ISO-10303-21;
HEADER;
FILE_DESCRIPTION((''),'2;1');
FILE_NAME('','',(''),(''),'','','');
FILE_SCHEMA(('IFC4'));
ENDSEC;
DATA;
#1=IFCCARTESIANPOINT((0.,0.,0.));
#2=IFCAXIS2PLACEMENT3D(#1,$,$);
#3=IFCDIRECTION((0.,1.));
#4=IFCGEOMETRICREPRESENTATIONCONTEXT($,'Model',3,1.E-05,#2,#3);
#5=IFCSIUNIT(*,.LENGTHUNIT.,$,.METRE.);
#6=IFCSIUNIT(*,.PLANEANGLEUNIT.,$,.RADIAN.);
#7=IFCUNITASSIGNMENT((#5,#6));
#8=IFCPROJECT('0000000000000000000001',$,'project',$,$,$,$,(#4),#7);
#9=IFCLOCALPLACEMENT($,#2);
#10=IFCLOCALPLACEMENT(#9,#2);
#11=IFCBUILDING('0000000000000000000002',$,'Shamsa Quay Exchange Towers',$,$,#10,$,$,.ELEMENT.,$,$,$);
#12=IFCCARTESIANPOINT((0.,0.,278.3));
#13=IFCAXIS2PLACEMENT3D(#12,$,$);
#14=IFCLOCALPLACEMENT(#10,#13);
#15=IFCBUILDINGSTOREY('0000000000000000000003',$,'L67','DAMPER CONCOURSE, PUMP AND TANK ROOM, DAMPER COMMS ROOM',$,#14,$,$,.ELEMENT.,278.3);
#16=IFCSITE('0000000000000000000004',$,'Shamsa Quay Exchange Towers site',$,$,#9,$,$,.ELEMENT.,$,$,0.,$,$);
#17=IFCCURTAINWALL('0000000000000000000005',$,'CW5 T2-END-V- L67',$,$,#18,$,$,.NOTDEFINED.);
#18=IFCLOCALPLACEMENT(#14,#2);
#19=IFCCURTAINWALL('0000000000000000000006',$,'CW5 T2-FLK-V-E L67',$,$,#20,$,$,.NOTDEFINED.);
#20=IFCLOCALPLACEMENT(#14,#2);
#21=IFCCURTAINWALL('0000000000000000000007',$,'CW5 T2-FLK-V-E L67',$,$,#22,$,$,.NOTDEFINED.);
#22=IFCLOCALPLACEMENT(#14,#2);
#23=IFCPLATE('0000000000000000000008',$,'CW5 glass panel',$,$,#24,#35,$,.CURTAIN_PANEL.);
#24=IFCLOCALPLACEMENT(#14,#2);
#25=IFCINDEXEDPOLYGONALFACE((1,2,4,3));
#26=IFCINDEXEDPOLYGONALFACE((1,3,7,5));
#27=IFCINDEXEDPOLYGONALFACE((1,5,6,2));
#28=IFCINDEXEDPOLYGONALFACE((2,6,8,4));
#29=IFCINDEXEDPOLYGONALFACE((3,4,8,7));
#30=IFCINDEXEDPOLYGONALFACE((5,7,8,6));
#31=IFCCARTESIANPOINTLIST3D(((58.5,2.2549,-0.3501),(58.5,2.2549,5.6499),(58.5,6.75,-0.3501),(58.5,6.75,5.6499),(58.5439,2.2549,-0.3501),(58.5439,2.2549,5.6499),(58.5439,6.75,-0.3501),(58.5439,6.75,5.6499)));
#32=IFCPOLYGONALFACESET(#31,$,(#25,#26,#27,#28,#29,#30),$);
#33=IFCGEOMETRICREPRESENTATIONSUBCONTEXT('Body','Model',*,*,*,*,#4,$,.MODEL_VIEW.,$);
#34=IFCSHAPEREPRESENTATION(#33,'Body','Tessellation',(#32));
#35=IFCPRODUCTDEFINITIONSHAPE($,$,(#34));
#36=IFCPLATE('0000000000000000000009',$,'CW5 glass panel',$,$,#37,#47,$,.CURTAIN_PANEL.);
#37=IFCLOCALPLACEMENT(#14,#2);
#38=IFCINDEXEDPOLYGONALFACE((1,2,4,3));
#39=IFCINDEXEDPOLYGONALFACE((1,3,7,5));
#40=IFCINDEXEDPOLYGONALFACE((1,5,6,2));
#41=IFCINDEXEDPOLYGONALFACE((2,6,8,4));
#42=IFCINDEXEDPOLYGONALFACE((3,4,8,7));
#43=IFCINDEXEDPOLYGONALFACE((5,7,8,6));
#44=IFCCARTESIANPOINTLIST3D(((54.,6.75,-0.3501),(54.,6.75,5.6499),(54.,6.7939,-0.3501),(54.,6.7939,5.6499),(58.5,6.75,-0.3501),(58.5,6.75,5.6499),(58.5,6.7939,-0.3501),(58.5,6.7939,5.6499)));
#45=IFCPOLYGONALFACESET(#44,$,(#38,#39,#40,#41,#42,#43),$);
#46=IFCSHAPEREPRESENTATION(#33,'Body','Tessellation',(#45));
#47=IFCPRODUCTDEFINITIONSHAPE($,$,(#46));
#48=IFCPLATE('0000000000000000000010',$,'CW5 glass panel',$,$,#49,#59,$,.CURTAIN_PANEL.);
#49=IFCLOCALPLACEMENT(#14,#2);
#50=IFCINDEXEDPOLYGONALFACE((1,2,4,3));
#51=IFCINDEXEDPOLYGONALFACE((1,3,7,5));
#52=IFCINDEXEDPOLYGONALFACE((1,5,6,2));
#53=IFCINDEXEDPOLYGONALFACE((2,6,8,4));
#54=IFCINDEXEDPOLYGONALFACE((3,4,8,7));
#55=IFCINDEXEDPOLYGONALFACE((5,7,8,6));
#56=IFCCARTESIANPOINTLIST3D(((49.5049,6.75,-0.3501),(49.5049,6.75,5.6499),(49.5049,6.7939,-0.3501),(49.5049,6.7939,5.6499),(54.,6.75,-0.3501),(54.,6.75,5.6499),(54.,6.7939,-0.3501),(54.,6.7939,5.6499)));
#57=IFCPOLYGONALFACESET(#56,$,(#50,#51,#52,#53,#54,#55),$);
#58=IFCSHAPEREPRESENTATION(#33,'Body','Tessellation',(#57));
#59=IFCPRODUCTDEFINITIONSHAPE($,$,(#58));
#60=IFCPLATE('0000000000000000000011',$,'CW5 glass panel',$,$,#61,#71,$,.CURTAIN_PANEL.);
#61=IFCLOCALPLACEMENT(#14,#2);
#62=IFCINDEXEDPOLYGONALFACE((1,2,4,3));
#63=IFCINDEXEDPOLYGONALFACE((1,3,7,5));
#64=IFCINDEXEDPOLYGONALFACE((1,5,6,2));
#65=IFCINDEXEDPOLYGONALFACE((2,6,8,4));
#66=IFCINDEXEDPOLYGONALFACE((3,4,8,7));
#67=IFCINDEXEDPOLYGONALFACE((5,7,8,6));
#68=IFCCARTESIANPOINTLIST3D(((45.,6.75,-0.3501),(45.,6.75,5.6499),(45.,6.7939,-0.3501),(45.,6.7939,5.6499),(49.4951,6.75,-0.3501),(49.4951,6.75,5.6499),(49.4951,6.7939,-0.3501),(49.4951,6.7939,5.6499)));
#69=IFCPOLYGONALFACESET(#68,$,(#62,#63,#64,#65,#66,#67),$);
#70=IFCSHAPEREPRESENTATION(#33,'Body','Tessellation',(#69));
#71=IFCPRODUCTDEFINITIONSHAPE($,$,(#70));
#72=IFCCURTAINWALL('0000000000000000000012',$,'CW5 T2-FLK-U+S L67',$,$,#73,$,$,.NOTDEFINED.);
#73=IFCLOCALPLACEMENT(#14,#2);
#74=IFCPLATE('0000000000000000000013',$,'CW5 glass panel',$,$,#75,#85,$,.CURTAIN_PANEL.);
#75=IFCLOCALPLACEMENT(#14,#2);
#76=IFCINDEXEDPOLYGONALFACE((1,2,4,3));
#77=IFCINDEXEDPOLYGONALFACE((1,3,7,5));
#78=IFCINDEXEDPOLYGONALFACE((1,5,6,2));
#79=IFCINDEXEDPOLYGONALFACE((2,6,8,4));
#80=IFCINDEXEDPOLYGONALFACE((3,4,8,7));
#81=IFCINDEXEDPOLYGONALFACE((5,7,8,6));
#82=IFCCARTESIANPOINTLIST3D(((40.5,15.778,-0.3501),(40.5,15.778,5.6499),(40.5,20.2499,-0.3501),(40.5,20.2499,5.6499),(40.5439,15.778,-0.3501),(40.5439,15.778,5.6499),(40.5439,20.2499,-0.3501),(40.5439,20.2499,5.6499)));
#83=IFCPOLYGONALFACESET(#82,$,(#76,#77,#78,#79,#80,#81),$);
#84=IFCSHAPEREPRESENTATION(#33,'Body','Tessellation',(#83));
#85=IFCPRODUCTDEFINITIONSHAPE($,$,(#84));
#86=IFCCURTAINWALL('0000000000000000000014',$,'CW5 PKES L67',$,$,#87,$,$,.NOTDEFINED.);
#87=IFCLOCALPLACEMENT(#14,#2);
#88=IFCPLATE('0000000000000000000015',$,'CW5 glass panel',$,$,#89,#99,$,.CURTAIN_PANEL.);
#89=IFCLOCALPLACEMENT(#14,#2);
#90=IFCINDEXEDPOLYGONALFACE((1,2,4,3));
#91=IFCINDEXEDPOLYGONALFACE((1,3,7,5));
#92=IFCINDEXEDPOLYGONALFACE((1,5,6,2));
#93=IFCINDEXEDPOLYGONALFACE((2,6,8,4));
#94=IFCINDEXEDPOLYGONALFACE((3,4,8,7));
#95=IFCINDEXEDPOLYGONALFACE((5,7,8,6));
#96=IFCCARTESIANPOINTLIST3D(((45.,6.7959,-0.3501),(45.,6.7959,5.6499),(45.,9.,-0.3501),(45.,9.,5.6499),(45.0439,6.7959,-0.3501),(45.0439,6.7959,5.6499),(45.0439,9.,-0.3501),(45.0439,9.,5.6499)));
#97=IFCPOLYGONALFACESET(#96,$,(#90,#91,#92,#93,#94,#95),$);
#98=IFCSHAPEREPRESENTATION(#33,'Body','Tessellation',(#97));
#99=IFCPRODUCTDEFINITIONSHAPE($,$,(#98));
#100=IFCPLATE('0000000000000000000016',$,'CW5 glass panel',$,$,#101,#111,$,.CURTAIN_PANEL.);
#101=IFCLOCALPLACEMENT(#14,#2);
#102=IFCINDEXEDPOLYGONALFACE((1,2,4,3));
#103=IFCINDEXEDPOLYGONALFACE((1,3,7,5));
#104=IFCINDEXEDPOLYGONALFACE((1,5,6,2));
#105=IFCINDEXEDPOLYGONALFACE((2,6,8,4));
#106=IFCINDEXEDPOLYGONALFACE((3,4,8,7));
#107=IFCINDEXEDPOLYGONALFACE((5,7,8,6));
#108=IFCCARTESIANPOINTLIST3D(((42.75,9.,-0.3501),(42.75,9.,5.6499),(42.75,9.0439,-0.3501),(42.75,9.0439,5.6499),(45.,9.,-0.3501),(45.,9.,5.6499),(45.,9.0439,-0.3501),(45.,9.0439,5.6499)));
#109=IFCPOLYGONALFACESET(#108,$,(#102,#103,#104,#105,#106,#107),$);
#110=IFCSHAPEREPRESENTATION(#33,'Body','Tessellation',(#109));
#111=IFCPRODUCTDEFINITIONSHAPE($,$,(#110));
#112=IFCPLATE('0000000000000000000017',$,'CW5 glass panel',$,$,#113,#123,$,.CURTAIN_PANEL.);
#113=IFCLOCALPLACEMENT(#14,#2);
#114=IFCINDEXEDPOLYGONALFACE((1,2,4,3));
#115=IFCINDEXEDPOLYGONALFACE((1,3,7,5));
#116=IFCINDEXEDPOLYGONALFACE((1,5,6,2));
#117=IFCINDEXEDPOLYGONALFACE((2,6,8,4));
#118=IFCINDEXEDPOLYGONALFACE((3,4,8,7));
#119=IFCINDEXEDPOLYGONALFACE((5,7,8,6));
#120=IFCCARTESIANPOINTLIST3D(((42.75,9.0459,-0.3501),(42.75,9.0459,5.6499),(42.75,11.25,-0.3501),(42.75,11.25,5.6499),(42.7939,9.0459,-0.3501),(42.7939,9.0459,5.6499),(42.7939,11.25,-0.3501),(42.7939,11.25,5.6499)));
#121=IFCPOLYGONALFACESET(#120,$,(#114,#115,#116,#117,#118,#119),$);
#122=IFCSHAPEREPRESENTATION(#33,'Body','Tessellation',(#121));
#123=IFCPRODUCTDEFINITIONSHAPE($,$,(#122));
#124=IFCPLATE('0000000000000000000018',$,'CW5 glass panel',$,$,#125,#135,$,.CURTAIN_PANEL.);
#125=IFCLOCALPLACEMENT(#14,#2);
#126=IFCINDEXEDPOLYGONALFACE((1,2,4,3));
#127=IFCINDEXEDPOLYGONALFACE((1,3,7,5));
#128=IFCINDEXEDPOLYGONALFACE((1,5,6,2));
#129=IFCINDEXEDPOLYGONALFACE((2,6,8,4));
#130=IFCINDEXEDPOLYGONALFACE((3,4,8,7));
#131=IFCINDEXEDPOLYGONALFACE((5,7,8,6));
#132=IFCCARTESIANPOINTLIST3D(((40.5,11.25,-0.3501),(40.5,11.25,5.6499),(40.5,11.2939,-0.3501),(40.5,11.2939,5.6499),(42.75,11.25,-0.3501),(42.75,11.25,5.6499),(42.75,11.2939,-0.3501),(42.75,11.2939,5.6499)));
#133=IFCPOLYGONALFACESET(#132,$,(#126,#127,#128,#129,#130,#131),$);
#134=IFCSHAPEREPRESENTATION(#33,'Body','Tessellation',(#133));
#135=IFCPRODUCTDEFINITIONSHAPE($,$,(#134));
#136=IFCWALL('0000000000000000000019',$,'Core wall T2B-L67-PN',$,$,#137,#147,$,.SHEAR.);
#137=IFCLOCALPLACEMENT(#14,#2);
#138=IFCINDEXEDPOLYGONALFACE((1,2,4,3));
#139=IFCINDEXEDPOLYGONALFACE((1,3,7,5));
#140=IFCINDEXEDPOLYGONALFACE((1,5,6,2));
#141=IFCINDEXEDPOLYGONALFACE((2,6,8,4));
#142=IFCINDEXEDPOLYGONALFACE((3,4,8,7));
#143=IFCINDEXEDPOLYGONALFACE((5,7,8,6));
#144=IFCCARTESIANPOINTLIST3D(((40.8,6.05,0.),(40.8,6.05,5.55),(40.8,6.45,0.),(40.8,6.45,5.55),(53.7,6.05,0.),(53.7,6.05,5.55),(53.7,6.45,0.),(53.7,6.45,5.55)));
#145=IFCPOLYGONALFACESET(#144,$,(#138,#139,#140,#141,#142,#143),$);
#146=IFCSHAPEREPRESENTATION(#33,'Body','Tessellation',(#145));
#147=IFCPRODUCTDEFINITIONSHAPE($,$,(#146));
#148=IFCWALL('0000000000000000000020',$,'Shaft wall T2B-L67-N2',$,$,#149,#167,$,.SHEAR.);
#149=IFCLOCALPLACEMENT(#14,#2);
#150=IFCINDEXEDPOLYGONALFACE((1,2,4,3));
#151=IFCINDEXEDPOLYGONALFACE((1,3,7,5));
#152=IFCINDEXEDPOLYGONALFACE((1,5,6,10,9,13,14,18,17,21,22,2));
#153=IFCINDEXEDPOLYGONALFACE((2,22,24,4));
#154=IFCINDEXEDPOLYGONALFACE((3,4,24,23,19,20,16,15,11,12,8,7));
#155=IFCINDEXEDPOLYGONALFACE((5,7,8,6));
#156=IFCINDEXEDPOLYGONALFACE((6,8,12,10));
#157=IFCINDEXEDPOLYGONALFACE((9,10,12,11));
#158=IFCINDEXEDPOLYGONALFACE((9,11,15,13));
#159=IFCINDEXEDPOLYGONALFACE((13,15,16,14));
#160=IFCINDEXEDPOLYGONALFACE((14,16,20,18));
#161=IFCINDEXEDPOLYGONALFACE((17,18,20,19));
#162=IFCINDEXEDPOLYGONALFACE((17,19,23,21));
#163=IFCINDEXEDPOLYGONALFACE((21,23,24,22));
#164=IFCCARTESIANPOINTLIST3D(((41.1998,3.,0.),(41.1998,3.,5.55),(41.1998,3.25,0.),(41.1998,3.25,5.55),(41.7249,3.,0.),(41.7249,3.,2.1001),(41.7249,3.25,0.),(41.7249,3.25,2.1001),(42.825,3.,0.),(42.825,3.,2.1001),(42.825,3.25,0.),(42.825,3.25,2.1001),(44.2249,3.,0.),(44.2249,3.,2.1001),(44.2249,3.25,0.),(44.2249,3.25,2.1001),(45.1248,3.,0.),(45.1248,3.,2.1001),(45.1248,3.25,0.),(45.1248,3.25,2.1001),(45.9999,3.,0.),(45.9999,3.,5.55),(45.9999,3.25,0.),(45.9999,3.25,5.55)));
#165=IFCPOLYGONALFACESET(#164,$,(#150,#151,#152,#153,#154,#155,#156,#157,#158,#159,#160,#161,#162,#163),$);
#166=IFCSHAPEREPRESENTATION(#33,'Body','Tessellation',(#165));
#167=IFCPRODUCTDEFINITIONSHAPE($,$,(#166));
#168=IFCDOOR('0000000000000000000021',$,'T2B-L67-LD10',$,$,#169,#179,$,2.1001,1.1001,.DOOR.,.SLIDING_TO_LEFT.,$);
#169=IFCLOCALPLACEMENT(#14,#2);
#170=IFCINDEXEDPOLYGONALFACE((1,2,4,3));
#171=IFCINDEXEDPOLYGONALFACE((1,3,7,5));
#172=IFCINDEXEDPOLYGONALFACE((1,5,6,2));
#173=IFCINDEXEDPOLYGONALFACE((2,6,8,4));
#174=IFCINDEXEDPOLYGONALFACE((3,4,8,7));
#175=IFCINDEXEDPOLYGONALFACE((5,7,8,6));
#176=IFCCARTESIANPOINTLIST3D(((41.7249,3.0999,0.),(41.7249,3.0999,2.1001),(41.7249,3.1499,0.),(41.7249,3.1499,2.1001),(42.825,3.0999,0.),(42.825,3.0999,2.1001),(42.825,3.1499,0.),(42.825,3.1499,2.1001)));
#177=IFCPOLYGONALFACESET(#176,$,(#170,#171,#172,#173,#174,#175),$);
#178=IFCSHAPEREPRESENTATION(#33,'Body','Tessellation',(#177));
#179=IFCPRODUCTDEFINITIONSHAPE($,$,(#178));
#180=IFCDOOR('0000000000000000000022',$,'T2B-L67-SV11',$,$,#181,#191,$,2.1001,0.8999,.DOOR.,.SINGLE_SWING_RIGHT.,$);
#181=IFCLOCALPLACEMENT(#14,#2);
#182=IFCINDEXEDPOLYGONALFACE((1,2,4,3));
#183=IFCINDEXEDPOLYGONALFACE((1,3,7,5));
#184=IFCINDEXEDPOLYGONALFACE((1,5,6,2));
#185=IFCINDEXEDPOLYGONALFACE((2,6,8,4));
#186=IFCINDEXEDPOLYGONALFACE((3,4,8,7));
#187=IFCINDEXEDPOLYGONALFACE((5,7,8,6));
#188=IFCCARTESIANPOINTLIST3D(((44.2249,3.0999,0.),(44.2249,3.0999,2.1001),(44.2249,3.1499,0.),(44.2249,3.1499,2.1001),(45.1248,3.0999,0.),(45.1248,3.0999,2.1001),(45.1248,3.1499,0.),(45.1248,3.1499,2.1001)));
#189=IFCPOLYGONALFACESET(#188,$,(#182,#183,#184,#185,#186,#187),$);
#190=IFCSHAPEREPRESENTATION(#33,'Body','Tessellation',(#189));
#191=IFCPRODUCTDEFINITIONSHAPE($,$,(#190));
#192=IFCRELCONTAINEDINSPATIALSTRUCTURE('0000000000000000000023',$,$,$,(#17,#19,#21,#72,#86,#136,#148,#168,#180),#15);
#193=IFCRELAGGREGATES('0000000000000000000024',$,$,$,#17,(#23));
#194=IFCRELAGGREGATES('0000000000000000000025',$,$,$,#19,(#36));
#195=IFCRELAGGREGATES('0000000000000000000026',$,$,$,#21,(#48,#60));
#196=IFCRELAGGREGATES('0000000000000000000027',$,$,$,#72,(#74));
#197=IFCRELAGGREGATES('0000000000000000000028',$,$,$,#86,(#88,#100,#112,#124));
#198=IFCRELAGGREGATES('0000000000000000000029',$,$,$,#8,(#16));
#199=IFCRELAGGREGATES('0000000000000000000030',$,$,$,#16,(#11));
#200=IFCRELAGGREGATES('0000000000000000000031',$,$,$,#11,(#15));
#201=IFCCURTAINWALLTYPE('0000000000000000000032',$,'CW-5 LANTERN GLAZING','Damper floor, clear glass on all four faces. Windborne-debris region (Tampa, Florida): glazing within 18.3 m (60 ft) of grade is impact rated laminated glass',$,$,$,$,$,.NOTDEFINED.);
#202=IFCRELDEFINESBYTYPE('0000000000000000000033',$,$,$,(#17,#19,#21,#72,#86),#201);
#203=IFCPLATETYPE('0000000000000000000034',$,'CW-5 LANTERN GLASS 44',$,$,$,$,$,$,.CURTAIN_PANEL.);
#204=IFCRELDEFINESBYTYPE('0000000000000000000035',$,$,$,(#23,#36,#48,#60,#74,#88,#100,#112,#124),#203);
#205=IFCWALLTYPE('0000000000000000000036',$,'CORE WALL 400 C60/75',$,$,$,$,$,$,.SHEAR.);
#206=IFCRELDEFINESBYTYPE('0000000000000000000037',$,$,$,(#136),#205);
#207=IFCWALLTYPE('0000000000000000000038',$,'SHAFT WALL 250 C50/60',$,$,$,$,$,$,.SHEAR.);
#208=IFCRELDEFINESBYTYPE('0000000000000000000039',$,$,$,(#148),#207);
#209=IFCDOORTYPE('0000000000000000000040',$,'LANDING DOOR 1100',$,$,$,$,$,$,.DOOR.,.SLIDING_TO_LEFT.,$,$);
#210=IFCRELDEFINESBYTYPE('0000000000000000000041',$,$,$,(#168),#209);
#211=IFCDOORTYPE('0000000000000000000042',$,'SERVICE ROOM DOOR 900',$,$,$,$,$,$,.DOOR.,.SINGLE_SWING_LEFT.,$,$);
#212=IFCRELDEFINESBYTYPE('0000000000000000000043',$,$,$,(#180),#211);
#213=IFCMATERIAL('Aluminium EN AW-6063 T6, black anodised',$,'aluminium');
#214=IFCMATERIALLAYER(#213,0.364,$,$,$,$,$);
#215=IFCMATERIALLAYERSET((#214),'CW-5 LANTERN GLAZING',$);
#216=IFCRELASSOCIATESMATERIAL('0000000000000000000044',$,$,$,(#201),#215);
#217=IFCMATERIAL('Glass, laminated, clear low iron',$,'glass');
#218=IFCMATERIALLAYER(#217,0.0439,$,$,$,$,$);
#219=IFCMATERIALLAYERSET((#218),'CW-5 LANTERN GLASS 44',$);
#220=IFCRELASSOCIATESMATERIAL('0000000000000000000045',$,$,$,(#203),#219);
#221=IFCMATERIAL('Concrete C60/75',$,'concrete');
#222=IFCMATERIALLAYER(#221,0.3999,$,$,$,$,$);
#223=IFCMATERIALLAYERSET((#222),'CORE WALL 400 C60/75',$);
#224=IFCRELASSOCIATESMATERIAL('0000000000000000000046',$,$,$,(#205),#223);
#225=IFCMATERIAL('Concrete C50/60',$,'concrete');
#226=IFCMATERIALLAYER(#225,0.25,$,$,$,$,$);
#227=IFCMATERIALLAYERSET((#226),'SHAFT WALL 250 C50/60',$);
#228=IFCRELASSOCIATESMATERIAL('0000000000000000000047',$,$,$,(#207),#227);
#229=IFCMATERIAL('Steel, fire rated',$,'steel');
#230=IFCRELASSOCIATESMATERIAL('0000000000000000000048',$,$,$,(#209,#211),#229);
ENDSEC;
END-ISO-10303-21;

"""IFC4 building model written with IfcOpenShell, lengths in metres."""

from ifc_helpers import new_model, si_unit, direction, frame, frame_2d, origin, origin_2d, place, context, subcontext, project, spatial, rectangle, extrude, material, layer, layer_set, type_object, element, fill, aggregate, save


model = new_model("IFC4")

# Units and contexts
model_context = context("Model", 3, precision=1e-05, world=origin(), true_north=direction((0.0, 1.0)))
body_context = subcontext(model_context, "Body", "Model", "MODEL_VIEW")
ifc_project = project(units=[si_unit("LENGTHUNIT", "METRE"), si_unit("PLANEANGLEUNIT", "RADIAN")], contexts=[model_context])

# Site, building, storey
site_placement = place(None, origin())
site = spatial("IfcSite", under=ifc_project, at=site_placement, Name="Shamsa Quay Exchange Towers site", CompositionType="ELEMENT", RefElevation=0.0)
building_placement = place(site_placement, origin())
building = spatial("IfcBuilding", under=site, at=building_placement, Name="Shamsa Quay Exchange Towers", CompositionType="ELEMENT")
storey_placement = place(building_placement, frame((0.0, 0.0, 278.3)))
storey = spatial("IfcBuildingStorey", under=building, at=storey_placement, Name="L67", Description="DAMPER CONCOURSE, PUMP AND TANK ROOM, DAMPER COMMS ROOM", CompositionType="ELEMENT", Elevation=278.3)

# Curtain walls
ifc_material_1 = material(Name="Aluminium EN AW-6063 T6, black anodised", Category="aluminium")
ifc_layer_1 = layer(ifc_material_1, 0.364)
ifc_layer_set_1 = layer_set([ifc_layer_1], Name="CW-5 LANTERN GLAZING")
curtain_wall_type = type_object("IfcCurtainWallType", Name="CW-5 LANTERN GLAZING", Description="Damper floor, clear glass on all four faces. Windborne-debris region (Tampa, Florida): glazing within 18.3 m (60 ft) of grade is impact rated laminated glass", PredefinedType="NOTDEFINED", material=ifc_layer_set_1)
curtain_wall_1_placement = place(storey_placement, origin())
curtain_wall_1 = element("IfcCurtainWall", 1, at=curtain_wall_1_placement, inside=storey, type_object=curtain_wall_type, Name="CW5 T2-END-V- L67", PredefinedType="NOTDEFINED")
curtain_wall_2_placement = place(storey_placement, origin())
curtain_wall_2 = element("IfcCurtainWall", 2, at=curtain_wall_2_placement, inside=storey, type_object=curtain_wall_type, Name="CW5 T2-FLK-V-E L67", PredefinedType="NOTDEFINED")
curtain_wall_3_placement = place(storey_placement, origin())
curtain_wall_3 = element("IfcCurtainWall", 3, at=curtain_wall_3_placement, inside=storey, type_object=curtain_wall_type, Name="CW5 T2-FLK-V-E L67", PredefinedType="NOTDEFINED")

# Plates
ifc_material_2 = material(Name="Glass, laminated, clear low iron", Category="glass")
ifc_layer_2 = layer(ifc_material_2, 0.0439)
ifc_layer_set_2 = layer_set([ifc_layer_2], Name="CW-5 LANTERN GLASS 44")
plate_type = type_object("IfcPlateType", Name="CW-5 LANTERN GLASS 44", PredefinedType="CURTAIN_PANEL", material=ifc_layer_set_2)
plate_1_placement = place(storey_placement, frame((58.522, 4.5024, -0.3501), z_axis=(0.0, 0.0, 1.0), x_axis=(0.0, 1.0, 0.0)))
plate_1 = element("IfcPlate", 4, at=plate_1_placement, type_object=plate_type, Name="CW5 glass panel", PredefinedType="CURTAIN_PANEL", context=body_context, shape_type="SweptSolid", body=[
    extrude(rectangle(XDim=4.4951, YDim=0.0439, at=origin_2d()), origin(), (0.0, 0.0, 1.0), 6.0),
])
aggregate(curtain_wall_1, [plate_1])
plate_2_placement = place(storey_placement, frame((56.25, 6.772, -0.3501), z_axis=(0.0, 0.0, 1.0), x_axis=(-1.0, 0.0, 0.0)))
plate_2 = element("IfcPlate", 5, at=plate_2_placement, type_object=plate_type, Name="CW5 glass panel", PredefinedType="CURTAIN_PANEL", context=body_context, shape_type="SweptSolid", body=[
    extrude(rectangle(XDim=4.5, YDim=0.0439, at=origin_2d()), origin(), (0.0, 0.0, 1.0), 6.0),
])
aggregate(curtain_wall_2, [plate_2])
plate_3_placement = place(storey_placement, frame((51.7524, 6.772, -0.3501), z_axis=(0.0, 0.0, 1.0), x_axis=(-1.0, 0.0, 0.0)))
plate_3 = element("IfcPlate", 6, at=plate_3_placement, type_object=plate_type, Name="CW5 glass panel", PredefinedType="CURTAIN_PANEL", context=body_context, shape_type="SweptSolid", body=[
    extrude(rectangle(XDim=4.4951, YDim=0.0439, at=origin_2d()), origin(), (0.0, 0.0, 1.0), 6.0),
])
plate_4_placement = place(storey_placement, frame((47.2476, 6.772, -0.3501), z_axis=(0.0, 0.0, 1.0), x_axis=(-1.0, 0.0, 0.0)))
plate_4 = element("IfcPlate", 7, at=plate_4_placement, type_object=plate_type, Name="CW5 glass panel", PredefinedType="CURTAIN_PANEL", context=body_context, shape_type="SweptSolid", body=[
    extrude(rectangle(XDim=4.4951, YDim=0.0439, at=origin_2d()), origin(), (0.0, 0.0, 1.0), 6.0),
])
aggregate(curtain_wall_3, [plate_3, plate_4])

# Curtain wall, plate
curtain_wall_4_placement = place(storey_placement, origin())
curtain_wall_4 = element("IfcCurtainWall", 8, at=curtain_wall_4_placement, inside=storey, type_object=curtain_wall_type, Name="CW5 T2-FLK-U+S L67", PredefinedType="NOTDEFINED")
plate_5_placement = place(storey_placement, frame((40.522, 18.0139, -0.3501), z_axis=(0.0, 0.0, 1.0), x_axis=(0.0, 1.0, 0.0)))
plate_5 = element("IfcPlate", 9, at=plate_5_placement, type_object=plate_type, Name="CW5 glass panel", PredefinedType="CURTAIN_PANEL", context=body_context, shape_type="SweptSolid", body=[
    extrude(rectangle(XDim=4.4719, YDim=0.0439, at=origin_2d()), origin(), (0.0, 0.0, 1.0), 6.0),
])
aggregate(curtain_wall_4, [plate_5])

# Curtain wall, plates
curtain_wall_5_placement = place(storey_placement, origin())
curtain_wall_5 = element("IfcCurtainWall", 10, at=curtain_wall_5_placement, inside=storey, type_object=curtain_wall_type, Name="CW5 PKES L67", PredefinedType="NOTDEFINED")
plate_6_placement = place(storey_placement, frame((45.022, 7.8979, -0.3501), z_axis=(0.0, 0.0, 1.0), x_axis=(0.0, 1.0, 0.0)))
plate_6 = element("IfcPlate", 11, at=plate_6_placement, type_object=plate_type, Name="CW5 glass panel", PredefinedType="CURTAIN_PANEL", context=body_context, shape_type="SweptSolid", body=[
    extrude(rectangle(XDim=2.2041, YDim=0.0439, at=origin_2d()), origin(), (0.0, 0.0, 1.0), 6.0),
])
plate_7_placement = place(storey_placement, frame((43.875, 9.022, -0.3501), z_axis=(0.0, 0.0, 1.0), x_axis=(-1.0, 0.0, 0.0)))
plate_7 = element("IfcPlate", 12, at=plate_7_placement, type_object=plate_type, Name="CW5 glass panel", PredefinedType="CURTAIN_PANEL", context=body_context, shape_type="SweptSolid", body=[
    extrude(rectangle(XDim=2.25, YDim=0.0439, at=origin_2d()), origin(), (0.0, 0.0, 1.0), 6.0),
])
plate_8_placement = place(storey_placement, frame((42.772, 10.1479, -0.3501), z_axis=(0.0, 0.0, 1.0), x_axis=(0.0, 1.0, 0.0)))
plate_8 = element("IfcPlate", 13, at=plate_8_placement, type_object=plate_type, Name="CW5 glass panel", PredefinedType="CURTAIN_PANEL", context=body_context, shape_type="SweptSolid", body=[
    extrude(rectangle(XDim=2.2041, YDim=0.0439, at=origin_2d()), origin(), (0.0, 0.0, 1.0), 6.0),
])
plate_9_placement = place(storey_placement, frame((41.625, 11.272, -0.3501), z_axis=(0.0, 0.0, 1.0), x_axis=(-1.0, 0.0, 0.0)))
plate_9 = element("IfcPlate", 14, at=plate_9_placement, type_object=plate_type, Name="CW5 glass panel", PredefinedType="CURTAIN_PANEL", context=body_context, shape_type="SweptSolid", body=[
    extrude(rectangle(XDim=2.25, YDim=0.0439, at=origin_2d()), origin(), (0.0, 0.0, 1.0), 6.0),
])
aggregate(curtain_wall_5, [plate_6, plate_7, plate_8, plate_9])

# Wall
ifc_material_3 = material(Name="Concrete C60/75", Category="concrete")
ifc_layer_3 = layer(ifc_material_3, 0.3999)
ifc_layer_set_3 = layer_set([ifc_layer_3], Name="CORE WALL 400 C60/75")
wall_type_1 = type_object("IfcWallType", Name="CORE WALL 400 C60/75", PredefinedType="SHEAR", material=ifc_layer_set_3)
wall_1_placement = place(storey_placement, frame((53.7, 6.25, 0.0), z_axis=(0.0, 0.0, 1.0), x_axis=(-1.0, 0.0, 0.0)))
element("IfcWall", 15, at=wall_1_placement, inside=storey, type_object=wall_type_1, Name="Core wall T2B-L67-PN", PredefinedType="SHEAR", context=body_context, shape_type="SweptSolid", body=[
    extrude(rectangle(XDim=12.8999, YDim=0.3999, at=frame_2d((6.45, 0.0))), origin(), (0.0, 0.0, 1.0), 5.55),
])

# Wall, openings, doors
ifc_material_4 = material(Name="Concrete C50/60", Category="concrete")
ifc_layer_4 = layer(ifc_material_4, 0.25)
ifc_layer_set_4 = layer_set([ifc_layer_4], Name="SHAFT WALL 250 C50/60")
wall_type_2 = type_object("IfcWallType", Name="SHAFT WALL 250 C50/60", PredefinedType="SHEAR", material=ifc_layer_set_4)
wall_2_placement = place(storey_placement, frame((41.2, 3.125, 0.0)))
wall_2 = element("IfcWall", 16, at=wall_2_placement, inside=storey, type_object=wall_type_2, Name="Shaft wall T2B-L67-N2", PredefinedType="SHEAR", context=body_context, shape_type="SweptSolid", body=[
    extrude(rectangle(XDim=4.8, YDim=0.25, at=frame_2d((2.3999, 0.0))), origin(), (0.0, 0.0, 1.0), 5.55),
])
opening_1_placement = place(wall_2_placement, frame((0.5249, 0.0, 0.0)))
opening_1 = element("IfcOpeningElement", 17, at=opening_1_placement, cuts=wall_2, PredefinedType="OPENING", context=body_context, shape_type="SweptSolid", body=[
    extrude(rectangle(XDim=1.1001, YDim=2.1001, at=frame_2d((0.55, 1.05))), frame((0.0, 0.135, 0.0), z_axis=(0.0, -1.0, 0.0), x_axis=(1.0, 0.0, 0.0)), (0.0, 0.0, 1.0), 0.27),
])
opening_2_placement = place(wall_2_placement, frame((3.0249, 0.0, 0.0)))
opening_2 = element("IfcOpeningElement", 18, at=opening_2_placement, cuts=wall_2, PredefinedType="OPENING", context=body_context, shape_type="SweptSolid", body=[
    extrude(rectangle(XDim=0.8999, YDim=2.1001, at=frame_2d((0.45, 1.05))), frame((0.0, 0.135, 0.0), z_axis=(0.0, -1.0, 0.0), x_axis=(1.0, 0.0, 0.0)), (0.0, 0.0, 1.0), 0.27),
])
ifc_material_5 = material(Name="Steel, fire rated", Category="steel")
door_type_1 = type_object("IfcDoorType", Name="LANDING DOOR 1100", OperationType="SLIDING_TO_LEFT", PredefinedType="DOOR", material=ifc_material_5)
door_1_placement = place(opening_1_placement, origin())
door_1 = element("IfcDoor", 19, at=door_1_placement, inside=storey, type_object=door_type_1, Name="T2B-L67-LD10", OperationType="SLIDING_TO_LEFT", OverallHeight=2.1001, OverallWidth=1.1001, PredefinedType="DOOR", context=body_context, shape_type="SweptSolid", body=[
    extrude(rectangle(XDim=1.1001, YDim=2.1001, at=frame_2d((0.55, 1.05))), frame((0.0, 0.0249, 0.0), z_axis=(0.0, -1.0, 0.0), x_axis=(1.0, 0.0, 0.0)), (0.0, 0.0, 1.0), 0.05),
])
fill(opening_1, door_1)
door_type_2 = type_object("IfcDoorType", Name="SERVICE ROOM DOOR 900", OperationType="SINGLE_SWING_LEFT", PredefinedType="DOOR", material=ifc_material_5)
door_2_placement = place(opening_2_placement, origin())
door_2 = element("IfcDoor", 20, at=door_2_placement, inside=storey, type_object=door_type_2, Name="T2B-L67-SV11", OperationType="SINGLE_SWING_RIGHT", OverallHeight=2.1001, OverallWidth=0.8999, PredefinedType="DOOR", context=body_context, shape_type="SweptSolid", body=[
    extrude(rectangle(XDim=0.8999, YDim=2.1001, at=frame_2d((0.45, 1.05))), frame((0.0, 0.0249, 0.0), z_axis=(0.0, -1.0, 0.0), x_axis=(1.0, 0.0, 0.0)), (0.0, 0.0, 1.0), 0.05),
])
fill(opening_2, door_2)

save(model, "model.ifc")
